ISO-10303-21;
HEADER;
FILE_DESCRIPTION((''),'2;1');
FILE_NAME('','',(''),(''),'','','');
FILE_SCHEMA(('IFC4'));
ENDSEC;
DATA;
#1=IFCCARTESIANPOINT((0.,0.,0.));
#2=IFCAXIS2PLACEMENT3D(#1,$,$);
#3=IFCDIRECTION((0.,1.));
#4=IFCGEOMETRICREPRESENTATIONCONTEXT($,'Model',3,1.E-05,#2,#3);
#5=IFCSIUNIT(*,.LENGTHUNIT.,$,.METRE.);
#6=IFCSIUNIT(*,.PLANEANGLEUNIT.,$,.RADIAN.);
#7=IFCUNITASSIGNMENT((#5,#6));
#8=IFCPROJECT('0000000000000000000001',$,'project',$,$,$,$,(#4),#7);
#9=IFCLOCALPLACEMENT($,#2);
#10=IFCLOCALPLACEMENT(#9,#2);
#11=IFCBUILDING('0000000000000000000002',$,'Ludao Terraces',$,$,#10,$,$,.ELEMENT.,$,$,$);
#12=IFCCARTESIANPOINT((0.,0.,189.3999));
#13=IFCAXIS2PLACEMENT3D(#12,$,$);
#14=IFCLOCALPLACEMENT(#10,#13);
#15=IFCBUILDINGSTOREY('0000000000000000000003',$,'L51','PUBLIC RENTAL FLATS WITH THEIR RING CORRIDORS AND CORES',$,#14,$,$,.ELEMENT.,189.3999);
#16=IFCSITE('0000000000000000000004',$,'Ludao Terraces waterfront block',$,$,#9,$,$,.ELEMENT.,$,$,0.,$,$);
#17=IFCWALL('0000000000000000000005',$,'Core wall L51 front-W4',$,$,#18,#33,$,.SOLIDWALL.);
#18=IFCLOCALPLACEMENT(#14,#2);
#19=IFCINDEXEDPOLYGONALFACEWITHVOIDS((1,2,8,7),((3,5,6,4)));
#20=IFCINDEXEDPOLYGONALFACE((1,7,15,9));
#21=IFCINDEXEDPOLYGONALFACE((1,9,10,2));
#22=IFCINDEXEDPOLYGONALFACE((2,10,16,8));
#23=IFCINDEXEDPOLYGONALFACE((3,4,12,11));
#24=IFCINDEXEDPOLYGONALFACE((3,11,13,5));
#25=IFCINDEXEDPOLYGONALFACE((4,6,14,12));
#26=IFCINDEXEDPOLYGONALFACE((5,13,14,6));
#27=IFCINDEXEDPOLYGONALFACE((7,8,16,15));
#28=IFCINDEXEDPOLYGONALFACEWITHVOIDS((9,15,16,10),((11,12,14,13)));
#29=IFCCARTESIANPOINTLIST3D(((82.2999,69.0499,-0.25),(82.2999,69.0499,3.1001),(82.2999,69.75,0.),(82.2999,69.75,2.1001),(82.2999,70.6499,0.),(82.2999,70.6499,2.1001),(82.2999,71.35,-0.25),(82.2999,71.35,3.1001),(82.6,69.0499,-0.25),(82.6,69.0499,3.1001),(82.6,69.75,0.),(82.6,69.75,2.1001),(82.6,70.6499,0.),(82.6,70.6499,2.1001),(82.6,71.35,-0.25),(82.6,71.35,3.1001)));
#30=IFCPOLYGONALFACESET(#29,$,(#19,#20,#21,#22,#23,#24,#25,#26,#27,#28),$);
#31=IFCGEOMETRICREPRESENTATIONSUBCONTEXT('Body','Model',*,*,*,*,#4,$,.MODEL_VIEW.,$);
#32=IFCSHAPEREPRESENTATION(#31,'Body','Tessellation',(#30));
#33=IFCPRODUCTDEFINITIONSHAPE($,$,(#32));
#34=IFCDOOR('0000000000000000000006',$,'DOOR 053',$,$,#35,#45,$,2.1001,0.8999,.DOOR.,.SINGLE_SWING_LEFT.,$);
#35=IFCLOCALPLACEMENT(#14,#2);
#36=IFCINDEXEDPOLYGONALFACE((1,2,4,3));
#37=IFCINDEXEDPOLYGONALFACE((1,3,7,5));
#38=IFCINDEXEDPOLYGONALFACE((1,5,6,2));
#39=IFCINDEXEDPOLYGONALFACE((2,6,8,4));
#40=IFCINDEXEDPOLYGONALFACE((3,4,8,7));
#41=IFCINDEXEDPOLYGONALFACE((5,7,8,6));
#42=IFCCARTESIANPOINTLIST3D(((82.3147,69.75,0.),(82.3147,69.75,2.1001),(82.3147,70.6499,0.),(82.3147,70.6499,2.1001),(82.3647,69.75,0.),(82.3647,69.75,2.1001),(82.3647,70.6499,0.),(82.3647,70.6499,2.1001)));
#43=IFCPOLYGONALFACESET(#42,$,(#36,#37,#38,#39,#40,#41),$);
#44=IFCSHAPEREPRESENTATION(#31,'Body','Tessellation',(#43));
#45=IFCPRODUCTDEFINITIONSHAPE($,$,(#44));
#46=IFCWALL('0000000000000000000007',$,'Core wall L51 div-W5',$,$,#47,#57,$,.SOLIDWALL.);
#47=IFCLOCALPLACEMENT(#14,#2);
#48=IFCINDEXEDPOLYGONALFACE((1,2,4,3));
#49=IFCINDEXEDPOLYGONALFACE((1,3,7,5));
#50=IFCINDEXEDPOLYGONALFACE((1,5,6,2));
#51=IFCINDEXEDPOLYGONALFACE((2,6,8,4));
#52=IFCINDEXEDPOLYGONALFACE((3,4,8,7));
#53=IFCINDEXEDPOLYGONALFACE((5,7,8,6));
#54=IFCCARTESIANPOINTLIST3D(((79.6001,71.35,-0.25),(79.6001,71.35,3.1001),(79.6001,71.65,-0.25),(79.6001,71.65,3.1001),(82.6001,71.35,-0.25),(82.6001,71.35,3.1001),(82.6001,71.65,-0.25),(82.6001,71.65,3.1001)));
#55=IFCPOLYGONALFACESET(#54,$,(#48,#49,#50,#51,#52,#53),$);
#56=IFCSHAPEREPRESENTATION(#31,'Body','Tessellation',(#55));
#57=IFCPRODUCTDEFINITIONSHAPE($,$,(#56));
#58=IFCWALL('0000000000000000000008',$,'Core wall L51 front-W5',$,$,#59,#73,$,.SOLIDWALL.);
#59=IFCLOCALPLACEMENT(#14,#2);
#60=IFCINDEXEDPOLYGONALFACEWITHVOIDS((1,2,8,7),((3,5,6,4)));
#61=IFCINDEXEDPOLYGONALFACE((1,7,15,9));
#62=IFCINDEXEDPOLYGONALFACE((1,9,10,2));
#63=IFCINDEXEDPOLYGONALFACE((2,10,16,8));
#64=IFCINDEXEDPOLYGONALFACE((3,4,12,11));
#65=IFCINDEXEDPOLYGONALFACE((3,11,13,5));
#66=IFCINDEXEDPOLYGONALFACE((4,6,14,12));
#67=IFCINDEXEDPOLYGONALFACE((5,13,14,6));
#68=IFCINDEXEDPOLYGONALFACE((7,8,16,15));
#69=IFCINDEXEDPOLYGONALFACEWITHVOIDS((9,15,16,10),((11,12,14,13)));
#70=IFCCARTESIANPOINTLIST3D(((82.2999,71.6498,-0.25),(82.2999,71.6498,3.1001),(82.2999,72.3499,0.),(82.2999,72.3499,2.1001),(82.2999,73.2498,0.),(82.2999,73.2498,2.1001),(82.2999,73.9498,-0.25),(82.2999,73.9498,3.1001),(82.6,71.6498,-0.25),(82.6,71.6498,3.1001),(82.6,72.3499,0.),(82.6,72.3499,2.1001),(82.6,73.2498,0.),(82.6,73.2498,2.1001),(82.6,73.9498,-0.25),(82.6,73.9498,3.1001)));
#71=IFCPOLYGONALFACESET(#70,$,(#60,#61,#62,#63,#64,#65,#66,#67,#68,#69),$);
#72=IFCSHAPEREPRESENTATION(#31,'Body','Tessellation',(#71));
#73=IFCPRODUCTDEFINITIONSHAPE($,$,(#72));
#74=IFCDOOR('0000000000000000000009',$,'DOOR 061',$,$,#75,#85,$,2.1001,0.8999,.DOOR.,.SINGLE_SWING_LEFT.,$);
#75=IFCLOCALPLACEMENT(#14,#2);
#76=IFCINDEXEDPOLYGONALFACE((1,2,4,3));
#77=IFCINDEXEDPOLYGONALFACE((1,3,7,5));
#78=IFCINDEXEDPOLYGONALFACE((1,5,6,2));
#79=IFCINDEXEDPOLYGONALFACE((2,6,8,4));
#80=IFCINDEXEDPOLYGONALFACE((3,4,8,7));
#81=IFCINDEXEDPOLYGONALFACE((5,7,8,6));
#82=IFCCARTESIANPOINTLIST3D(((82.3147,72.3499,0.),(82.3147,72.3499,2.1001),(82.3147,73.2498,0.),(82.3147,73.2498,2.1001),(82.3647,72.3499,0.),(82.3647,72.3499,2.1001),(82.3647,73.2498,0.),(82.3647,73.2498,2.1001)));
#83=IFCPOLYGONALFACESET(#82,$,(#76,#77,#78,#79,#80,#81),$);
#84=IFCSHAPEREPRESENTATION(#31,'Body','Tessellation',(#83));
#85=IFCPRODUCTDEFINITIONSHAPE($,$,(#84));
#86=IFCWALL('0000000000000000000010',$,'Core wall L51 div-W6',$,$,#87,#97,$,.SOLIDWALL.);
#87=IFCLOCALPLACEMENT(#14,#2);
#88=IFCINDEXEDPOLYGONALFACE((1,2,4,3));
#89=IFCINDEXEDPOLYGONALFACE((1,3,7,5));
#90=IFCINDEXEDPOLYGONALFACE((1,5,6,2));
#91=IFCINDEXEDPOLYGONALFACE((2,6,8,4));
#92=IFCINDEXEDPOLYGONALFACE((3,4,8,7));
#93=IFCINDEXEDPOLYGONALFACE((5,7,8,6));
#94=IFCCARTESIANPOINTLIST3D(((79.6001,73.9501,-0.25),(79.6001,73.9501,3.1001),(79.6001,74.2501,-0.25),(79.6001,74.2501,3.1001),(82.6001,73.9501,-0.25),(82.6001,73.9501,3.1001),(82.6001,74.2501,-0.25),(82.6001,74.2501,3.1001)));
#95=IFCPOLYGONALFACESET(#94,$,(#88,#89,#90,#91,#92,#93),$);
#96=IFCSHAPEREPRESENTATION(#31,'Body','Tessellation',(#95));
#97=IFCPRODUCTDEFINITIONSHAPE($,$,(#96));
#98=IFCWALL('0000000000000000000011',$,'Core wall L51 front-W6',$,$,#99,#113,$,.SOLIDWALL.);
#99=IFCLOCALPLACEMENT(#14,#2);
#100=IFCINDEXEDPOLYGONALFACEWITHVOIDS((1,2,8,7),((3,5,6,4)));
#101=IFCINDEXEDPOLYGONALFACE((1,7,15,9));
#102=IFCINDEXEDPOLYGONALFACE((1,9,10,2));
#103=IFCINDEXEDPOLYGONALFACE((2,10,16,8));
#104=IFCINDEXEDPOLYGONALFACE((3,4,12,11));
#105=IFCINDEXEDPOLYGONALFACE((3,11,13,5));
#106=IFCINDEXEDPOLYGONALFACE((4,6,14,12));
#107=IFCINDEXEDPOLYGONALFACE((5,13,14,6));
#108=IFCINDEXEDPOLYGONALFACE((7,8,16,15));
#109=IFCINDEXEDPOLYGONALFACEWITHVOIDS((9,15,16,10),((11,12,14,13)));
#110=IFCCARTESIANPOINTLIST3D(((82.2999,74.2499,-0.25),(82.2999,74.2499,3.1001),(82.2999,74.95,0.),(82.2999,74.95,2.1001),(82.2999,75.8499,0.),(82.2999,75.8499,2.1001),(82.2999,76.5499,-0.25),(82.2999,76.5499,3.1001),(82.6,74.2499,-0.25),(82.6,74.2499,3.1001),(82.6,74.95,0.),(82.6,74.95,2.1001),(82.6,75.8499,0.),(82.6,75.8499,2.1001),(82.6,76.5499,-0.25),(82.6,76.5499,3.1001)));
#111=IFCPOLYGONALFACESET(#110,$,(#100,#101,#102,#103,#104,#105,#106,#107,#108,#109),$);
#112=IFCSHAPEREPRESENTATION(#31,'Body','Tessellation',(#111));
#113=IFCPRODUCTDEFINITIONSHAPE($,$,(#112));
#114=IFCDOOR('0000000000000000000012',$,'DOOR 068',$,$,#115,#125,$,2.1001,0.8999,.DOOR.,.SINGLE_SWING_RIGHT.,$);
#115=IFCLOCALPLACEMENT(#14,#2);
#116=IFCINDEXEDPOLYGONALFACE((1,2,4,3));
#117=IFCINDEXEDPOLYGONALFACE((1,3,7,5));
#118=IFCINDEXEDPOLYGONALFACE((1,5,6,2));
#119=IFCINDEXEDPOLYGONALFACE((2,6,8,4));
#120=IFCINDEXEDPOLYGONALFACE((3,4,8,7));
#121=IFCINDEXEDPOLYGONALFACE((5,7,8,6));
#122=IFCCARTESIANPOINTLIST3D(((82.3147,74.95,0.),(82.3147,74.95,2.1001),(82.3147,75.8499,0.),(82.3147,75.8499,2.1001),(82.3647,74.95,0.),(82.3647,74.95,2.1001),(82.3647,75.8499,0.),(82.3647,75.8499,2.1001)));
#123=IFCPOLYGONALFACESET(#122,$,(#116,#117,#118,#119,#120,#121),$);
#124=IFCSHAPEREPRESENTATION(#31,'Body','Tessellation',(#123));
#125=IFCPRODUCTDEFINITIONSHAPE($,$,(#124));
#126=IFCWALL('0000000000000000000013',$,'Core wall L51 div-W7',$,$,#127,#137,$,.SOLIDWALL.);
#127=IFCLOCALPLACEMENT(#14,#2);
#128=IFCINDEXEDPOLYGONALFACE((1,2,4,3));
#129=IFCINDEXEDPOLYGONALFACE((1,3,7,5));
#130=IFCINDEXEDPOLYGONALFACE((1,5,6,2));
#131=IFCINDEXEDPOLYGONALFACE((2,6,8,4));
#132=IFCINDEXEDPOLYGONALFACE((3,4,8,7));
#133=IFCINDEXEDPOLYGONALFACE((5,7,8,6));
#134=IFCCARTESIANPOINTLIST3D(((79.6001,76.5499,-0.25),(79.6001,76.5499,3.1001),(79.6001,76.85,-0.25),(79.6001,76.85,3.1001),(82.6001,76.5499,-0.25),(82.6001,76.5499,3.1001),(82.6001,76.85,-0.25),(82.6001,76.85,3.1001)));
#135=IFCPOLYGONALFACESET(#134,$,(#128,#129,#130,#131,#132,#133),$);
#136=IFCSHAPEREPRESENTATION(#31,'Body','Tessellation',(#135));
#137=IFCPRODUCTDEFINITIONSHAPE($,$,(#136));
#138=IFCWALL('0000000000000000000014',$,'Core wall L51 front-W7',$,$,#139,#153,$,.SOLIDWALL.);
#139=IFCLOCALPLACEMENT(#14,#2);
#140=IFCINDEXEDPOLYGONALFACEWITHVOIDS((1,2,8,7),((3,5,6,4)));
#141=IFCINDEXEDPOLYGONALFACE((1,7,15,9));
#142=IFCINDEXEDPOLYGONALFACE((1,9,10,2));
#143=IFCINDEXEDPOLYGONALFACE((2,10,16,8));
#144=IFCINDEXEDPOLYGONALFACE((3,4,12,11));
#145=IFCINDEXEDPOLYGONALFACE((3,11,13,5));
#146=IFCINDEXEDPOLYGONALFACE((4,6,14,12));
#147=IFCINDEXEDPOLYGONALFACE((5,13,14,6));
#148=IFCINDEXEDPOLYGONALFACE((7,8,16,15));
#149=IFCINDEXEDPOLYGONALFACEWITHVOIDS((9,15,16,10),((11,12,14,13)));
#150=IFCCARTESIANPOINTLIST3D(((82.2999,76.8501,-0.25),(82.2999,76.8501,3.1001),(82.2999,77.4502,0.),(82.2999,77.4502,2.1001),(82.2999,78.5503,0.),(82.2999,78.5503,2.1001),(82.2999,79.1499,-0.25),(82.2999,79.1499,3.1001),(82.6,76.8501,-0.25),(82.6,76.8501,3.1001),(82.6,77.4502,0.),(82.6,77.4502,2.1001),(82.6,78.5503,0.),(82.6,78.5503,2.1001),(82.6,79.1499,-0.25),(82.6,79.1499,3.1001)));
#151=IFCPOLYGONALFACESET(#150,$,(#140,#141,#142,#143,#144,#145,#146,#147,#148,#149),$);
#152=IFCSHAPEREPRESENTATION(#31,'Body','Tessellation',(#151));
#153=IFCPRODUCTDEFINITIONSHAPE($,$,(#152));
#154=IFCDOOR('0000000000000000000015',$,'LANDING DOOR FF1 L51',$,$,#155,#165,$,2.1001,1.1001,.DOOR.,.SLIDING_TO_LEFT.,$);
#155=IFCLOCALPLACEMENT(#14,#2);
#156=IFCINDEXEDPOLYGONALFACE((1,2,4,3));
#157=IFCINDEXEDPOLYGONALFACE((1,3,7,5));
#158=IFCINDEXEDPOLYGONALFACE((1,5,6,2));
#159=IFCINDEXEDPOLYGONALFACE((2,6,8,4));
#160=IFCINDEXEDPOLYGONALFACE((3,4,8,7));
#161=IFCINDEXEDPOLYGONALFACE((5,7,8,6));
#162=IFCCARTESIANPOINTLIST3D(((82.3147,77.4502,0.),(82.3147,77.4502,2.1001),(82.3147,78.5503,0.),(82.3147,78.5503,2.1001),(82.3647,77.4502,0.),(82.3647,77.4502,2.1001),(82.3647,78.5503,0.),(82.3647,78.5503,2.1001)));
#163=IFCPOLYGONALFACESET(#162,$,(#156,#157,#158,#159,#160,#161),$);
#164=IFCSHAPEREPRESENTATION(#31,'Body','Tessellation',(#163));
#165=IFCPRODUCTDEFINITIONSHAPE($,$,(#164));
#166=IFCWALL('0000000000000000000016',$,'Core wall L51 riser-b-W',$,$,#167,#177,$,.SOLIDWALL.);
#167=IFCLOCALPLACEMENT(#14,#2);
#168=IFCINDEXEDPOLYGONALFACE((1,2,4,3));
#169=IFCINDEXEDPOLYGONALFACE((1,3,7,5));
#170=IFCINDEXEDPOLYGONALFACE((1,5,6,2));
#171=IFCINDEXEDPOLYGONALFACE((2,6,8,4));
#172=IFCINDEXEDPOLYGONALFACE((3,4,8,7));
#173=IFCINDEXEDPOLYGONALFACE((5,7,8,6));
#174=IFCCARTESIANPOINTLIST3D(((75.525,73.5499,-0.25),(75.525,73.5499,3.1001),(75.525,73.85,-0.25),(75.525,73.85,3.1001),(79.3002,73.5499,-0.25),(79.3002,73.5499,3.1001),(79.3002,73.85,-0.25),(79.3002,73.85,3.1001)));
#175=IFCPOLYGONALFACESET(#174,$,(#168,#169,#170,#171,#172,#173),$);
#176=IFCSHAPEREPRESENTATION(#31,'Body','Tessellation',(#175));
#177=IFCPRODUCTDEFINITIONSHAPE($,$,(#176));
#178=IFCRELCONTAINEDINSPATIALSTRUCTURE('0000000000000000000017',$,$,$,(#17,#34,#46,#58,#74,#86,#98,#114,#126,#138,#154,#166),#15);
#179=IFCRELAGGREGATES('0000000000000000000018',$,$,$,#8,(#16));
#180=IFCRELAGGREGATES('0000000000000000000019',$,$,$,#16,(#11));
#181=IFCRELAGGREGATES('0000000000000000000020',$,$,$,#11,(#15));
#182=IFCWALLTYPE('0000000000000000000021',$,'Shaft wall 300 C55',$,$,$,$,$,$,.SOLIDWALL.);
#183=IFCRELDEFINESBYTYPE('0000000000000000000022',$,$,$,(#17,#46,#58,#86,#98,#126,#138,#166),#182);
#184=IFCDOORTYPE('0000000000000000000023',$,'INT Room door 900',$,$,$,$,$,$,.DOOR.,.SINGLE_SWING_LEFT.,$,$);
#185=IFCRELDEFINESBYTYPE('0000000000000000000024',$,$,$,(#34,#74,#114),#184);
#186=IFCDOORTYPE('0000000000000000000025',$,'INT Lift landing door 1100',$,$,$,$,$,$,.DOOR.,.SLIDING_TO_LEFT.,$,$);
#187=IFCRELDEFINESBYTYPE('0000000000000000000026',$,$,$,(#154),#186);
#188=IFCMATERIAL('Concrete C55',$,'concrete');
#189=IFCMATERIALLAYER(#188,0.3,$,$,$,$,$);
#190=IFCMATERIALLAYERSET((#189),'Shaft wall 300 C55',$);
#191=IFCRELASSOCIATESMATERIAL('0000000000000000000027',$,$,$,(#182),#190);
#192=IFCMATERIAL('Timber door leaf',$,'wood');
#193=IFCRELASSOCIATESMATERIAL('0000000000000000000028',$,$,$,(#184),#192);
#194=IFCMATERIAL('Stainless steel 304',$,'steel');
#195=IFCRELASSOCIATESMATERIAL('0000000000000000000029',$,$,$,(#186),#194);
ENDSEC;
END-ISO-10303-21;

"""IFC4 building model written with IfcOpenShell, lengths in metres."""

from ifc_helpers import new_model, si_unit, direction, frame, frame_2d, origin, place, context, subcontext, project, spatial, rectangle, extrude, material, layer, layer_set, type_object, element, fill, save


model = new_model("IFC4")

# Units and contexts
model_context = context("Model", 3, precision=1e-05, world=origin(), true_north=direction((0.0, 1.0)))
body_context = subcontext(model_context, "Body", "Model", "MODEL_VIEW")
ifc_project = project(units=[si_unit("LENGTHUNIT", "METRE"), si_unit("PLANEANGLEUNIT", "RADIAN")], contexts=[model_context])

# Site, building, storey
site_placement = place(None, origin())
site = spatial("IfcSite", under=ifc_project, at=site_placement, Name="Ludao Terraces waterfront block", CompositionType="ELEMENT", RefElevation=0.0)
building_placement = place(site_placement, origin())
building = spatial("IfcBuilding", under=site, at=building_placement, Name="Ludao Terraces", CompositionType="ELEMENT")
storey_placement = place(building_placement, frame((0.0, 0.0, 189.3999)))
storey = spatial("IfcBuildingStorey", under=building, at=storey_placement, Name="L51", Description="PUBLIC RENTAL FLATS WITH THEIR RING CORRIDORS AND CORES", CompositionType="ELEMENT", Elevation=189.3999)

# Shared definitions
ifc_material_1 = material(Name="Concrete C55", Category="concrete")
ifc_layer_1 = layer(ifc_material_1, 0.3)
ifc_layer_set_1 = layer_set([ifc_layer_1], Name="Shaft wall 300 C55")
wall_type_1 = type_object("IfcWallType", Name="Shaft wall 300 C55", PredefinedType="SOLIDWALL", material=ifc_layer_set_1)

# Shared definitions
ifc_material_2 = material(Name="Timber door leaf", Category="wood")
door_type_1 = type_object("IfcDoorType", Name="INT Room door 900", OperationType="SINGLE_SWING_LEFT", PredefinedType="DOOR", material=ifc_material_2)

# Wall, opening, door
wall_1_placement = place(storey_placement, frame((82.45, 69.05, -0.25), z_axis=(0.0, 0.0, 1.0), x_axis=(0.0, 1.0, 0.0)))
wall_1 = element("IfcWall", 1, at=wall_1_placement, inside=storey, type_object=wall_type_1, Name="Core wall L51 front-W4", PredefinedType="SOLIDWALL", context=body_context, shape_type="SweptSolid", body=[
    extrude(rectangle(XDim=2.3, YDim=0.3, at=frame_2d((1.1499, 0.0))), origin(), (0.0, 0.0, 1.0), 3.3501),
])
opening_1_placement = place(wall_1_placement, frame((0.7, 0.0, 0.25)))
opening_1 = element("IfcOpeningElement", 2, at=opening_1_placement, cuts=wall_1, PredefinedType="OPENING", context=body_context, shape_type="SweptSolid", body=[
    extrude(rectangle(XDim=0.8999, YDim=2.1001, at=frame_2d((0.45, 1.05))), frame((0.0, 0.1602, 0.0), z_axis=(0.0, -1.0, 0.0), x_axis=(1.0, 0.0, 0.0)), (0.0, 0.0, 1.0), 0.3201),
])
door_1_placement = place(opening_1_placement, origin())
door_1 = element("IfcDoor", 3, at=door_1_placement, inside=storey, type_object=door_type_1, Name="DOOR 053", OperationType="SINGLE_SWING_LEFT", OverallHeight=2.1001, OverallWidth=0.8999, PredefinedType="DOOR", context=body_context, shape_type="SweptSolid", body=[
    extrude(rectangle(XDim=0.8999, YDim=2.1001, at=frame_2d((0.45, 1.05))), frame((0.0, 0.1353, 0.0), z_axis=(0.0, -1.0, 0.0), x_axis=(1.0, 0.0, 0.0)), (0.0, 0.0, 1.0), 0.05),
])
fill(opening_1, door_1)

# Wall
wall_2_placement = place(storey_placement, frame((79.6001, 71.5, -0.25), z_axis=(0.0, 0.0, 1.0), x_axis=(1.0, 0.0, 0.0)))
element("IfcWall", 4, at=wall_2_placement, inside=storey, type_object=wall_type_1, Name="Core wall L51 div-W5", PredefinedType="SOLIDWALL", context=body_context, shape_type="SweptSolid", body=[
    extrude(rectangle(XDim=3.0, YDim=0.3, at=frame_2d((1.5, 0.0))), origin(), (0.0, 0.0, 1.0), 3.3501),
])

# Wall, opening, door
wall_3_placement = place(storey_placement, frame((82.45, 71.6499, -0.25), z_axis=(0.0, 0.0, 1.0), x_axis=(0.0, 1.0, 0.0)))
wall_3 = element("IfcWall", 5, at=wall_3_placement, inside=storey, type_object=wall_type_1, Name="Core wall L51 front-W5", PredefinedType="SOLIDWALL", context=body_context, shape_type="SweptSolid", body=[
    extrude(rectangle(XDim=2.3, YDim=0.3, at=frame_2d((1.1499, 0.0))), origin(), (0.0, 0.0, 1.0), 3.3501),
])
opening_2_placement = place(wall_3_placement, frame((0.7, 0.0, 0.25)))
opening_2 = element("IfcOpeningElement", 6, at=opening_2_placement, cuts=wall_3, PredefinedType="OPENING", context=body_context, shape_type="SweptSolid", body=[
    extrude(rectangle(XDim=0.8999, YDim=2.1001, at=frame_2d((0.45, 1.05))), frame((0.0, 0.1602, 0.0), z_axis=(0.0, -1.0, 0.0), x_axis=(1.0, 0.0, 0.0)), (0.0, 0.0, 1.0), 0.3201),
])
door_2_placement = place(opening_2_placement, origin())
door_2 = element("IfcDoor", 7, at=door_2_placement, inside=storey, type_object=door_type_1, Name="DOOR 061", OperationType="SINGLE_SWING_LEFT", OverallHeight=2.1001, OverallWidth=0.8999, PredefinedType="DOOR", context=body_context, shape_type="SweptSolid", body=[
    extrude(rectangle(XDim=0.8999, YDim=2.1001, at=frame_2d((0.45, 1.05))), frame((0.0, 0.1353, 0.0), z_axis=(0.0, -1.0, 0.0), x_axis=(1.0, 0.0, 0.0)), (0.0, 0.0, 1.0), 0.05),
])
fill(opening_2, door_2)

# Wall
wall_4_placement = place(storey_placement, frame((79.6001, 74.1001, -0.25), z_axis=(0.0, 0.0, 1.0), x_axis=(1.0, 0.0, 0.0)))
element("IfcWall", 8, at=wall_4_placement, inside=storey, type_object=wall_type_1, Name="Core wall L51 div-W6", PredefinedType="SOLIDWALL", context=body_context, shape_type="SweptSolid", body=[
    extrude(rectangle(XDim=3.0, YDim=0.3, at=frame_2d((1.5, 0.0))), origin(), (0.0, 0.0, 1.0), 3.3501),
])

# Wall, opening, door
wall_5_placement = place(storey_placement, frame((82.45, 74.25, -0.25), z_axis=(0.0, 0.0, 1.0), x_axis=(0.0, 1.0, 0.0)))
wall_5 = element("IfcWall", 9, at=wall_5_placement, inside=storey, type_object=wall_type_1, Name="Core wall L51 front-W6", PredefinedType="SOLIDWALL", context=body_context, shape_type="SweptSolid", body=[
    extrude(rectangle(XDim=2.3, YDim=0.3, at=frame_2d((1.1499, 0.0))), origin(), (0.0, 0.0, 1.0), 3.3501),
])
opening_3_placement = place(wall_5_placement, frame((0.7, 0.0, 0.25)))
opening_3 = element("IfcOpeningElement", 10, at=opening_3_placement, cuts=wall_5, PredefinedType="OPENING", context=body_context, shape_type="SweptSolid", body=[
    extrude(rectangle(XDim=0.8999, YDim=2.1001, at=frame_2d((0.45, 1.05))), frame((0.0, 0.1602, 0.0), z_axis=(0.0, -1.0, 0.0), x_axis=(1.0, 0.0, 0.0)), (0.0, 0.0, 1.0), 0.3201),
])
door_3_placement = place(opening_3_placement, origin())
door_3 = element("IfcDoor", 11, at=door_3_placement, inside=storey, type_object=door_type_1, Name="DOOR 068", OperationType="SINGLE_SWING_RIGHT", OverallHeight=2.1001, OverallWidth=0.8999, PredefinedType="DOOR", context=body_context, shape_type="SweptSolid", body=[
    extrude(rectangle(XDim=0.8999, YDim=2.1001, at=frame_2d((0.45, 1.05))), frame((0.0, 0.1353, 0.0), z_axis=(0.0, -1.0, 0.0), x_axis=(1.0, 0.0, 0.0)), (0.0, 0.0, 1.0), 0.05),
])
fill(opening_3, door_3)

# Wall
wall_6_placement = place(storey_placement, frame((79.6001, 76.7, -0.25), z_axis=(0.0, 0.0, 1.0), x_axis=(1.0, 0.0, 0.0)))
element("IfcWall", 12, at=wall_6_placement, inside=storey, type_object=wall_type_1, Name="Core wall L51 div-W7", PredefinedType="SOLIDWALL", context=body_context, shape_type="SweptSolid", body=[
    extrude(rectangle(XDim=3.0, YDim=0.3, at=frame_2d((1.5, 0.0))), origin(), (0.0, 0.0, 1.0), 3.3501),
])

# Wall, opening, door
wall_7_placement = place(storey_placement, frame((82.45, 76.8501, -0.25), z_axis=(0.0, 0.0, 1.0), x_axis=(0.0, 1.0, 0.0)))
wall_7 = element("IfcWall", 13, at=wall_7_placement, inside=storey, type_object=wall_type_1, Name="Core wall L51 front-W7", PredefinedType="SOLIDWALL", context=body_context, shape_type="SweptSolid", body=[
    extrude(rectangle(XDim=2.2998, YDim=0.3, at=frame_2d((1.1499, 0.0))), origin(), (0.0, 0.0, 1.0), 3.3501),
])
opening_4_placement = place(wall_7_placement, frame((0.6001, 0.0, 0.25)))
opening_4 = element("IfcOpeningElement", 14, at=opening_4_placement, cuts=wall_7, PredefinedType="OPENING", context=body_context, shape_type="SweptSolid", body=[
    extrude(rectangle(XDim=1.1001, YDim=2.1001, at=frame_2d((0.55, 1.05))), frame((0.0, 0.1602, 0.0), z_axis=(0.0, -1.0, 0.0), x_axis=(1.0, 0.0, 0.0)), (0.0, 0.0, 1.0), 0.3201),
])
ifc_material_3 = material(Name="Stainless steel 304", Category="steel")
door_type_2 = type_object("IfcDoorType", Name="INT Lift landing door 1100", OperationType="SLIDING_TO_LEFT", PredefinedType="DOOR", material=ifc_material_3)
door_4_placement = place(opening_4_placement, origin())
door_4 = element("IfcDoor", 15, at=door_4_placement, inside=storey, type_object=door_type_2, Name="LANDING DOOR FF1 L51", OperationType="SLIDING_TO_LEFT", OverallHeight=2.1001, OverallWidth=1.1001, PredefinedType="DOOR", context=body_context, shape_type="SweptSolid", body=[
    extrude(rectangle(XDim=1.1001, YDim=2.1001, at=frame_2d((0.55, 1.05))), frame((0.0, 0.1353, 0.0), z_axis=(0.0, -1.0, 0.0), x_axis=(1.0, 0.0, 0.0)), (0.0, 0.0, 1.0), 0.05),
])
fill(opening_4, door_4)

# Wall
wall_8_placement = place(storey_placement, frame((75.5249, 73.7, -0.25), z_axis=(0.0, 0.0, 1.0), x_axis=(1.0, 0.0, 0.0)))
element("IfcWall", 16, at=wall_8_placement, inside=storey, type_object=wall_type_1, Name="Core wall L51 riser-b-W", PredefinedType="SOLIDWALL", context=body_context, shape_type="SweptSolid", body=[
    extrude(rectangle(XDim=3.7751, YDim=0.3, at=frame_2d((1.8877, 0.0))), origin(), (0.0, 0.0, 1.0), 3.3501),
])

save(model, "model.ifc")
